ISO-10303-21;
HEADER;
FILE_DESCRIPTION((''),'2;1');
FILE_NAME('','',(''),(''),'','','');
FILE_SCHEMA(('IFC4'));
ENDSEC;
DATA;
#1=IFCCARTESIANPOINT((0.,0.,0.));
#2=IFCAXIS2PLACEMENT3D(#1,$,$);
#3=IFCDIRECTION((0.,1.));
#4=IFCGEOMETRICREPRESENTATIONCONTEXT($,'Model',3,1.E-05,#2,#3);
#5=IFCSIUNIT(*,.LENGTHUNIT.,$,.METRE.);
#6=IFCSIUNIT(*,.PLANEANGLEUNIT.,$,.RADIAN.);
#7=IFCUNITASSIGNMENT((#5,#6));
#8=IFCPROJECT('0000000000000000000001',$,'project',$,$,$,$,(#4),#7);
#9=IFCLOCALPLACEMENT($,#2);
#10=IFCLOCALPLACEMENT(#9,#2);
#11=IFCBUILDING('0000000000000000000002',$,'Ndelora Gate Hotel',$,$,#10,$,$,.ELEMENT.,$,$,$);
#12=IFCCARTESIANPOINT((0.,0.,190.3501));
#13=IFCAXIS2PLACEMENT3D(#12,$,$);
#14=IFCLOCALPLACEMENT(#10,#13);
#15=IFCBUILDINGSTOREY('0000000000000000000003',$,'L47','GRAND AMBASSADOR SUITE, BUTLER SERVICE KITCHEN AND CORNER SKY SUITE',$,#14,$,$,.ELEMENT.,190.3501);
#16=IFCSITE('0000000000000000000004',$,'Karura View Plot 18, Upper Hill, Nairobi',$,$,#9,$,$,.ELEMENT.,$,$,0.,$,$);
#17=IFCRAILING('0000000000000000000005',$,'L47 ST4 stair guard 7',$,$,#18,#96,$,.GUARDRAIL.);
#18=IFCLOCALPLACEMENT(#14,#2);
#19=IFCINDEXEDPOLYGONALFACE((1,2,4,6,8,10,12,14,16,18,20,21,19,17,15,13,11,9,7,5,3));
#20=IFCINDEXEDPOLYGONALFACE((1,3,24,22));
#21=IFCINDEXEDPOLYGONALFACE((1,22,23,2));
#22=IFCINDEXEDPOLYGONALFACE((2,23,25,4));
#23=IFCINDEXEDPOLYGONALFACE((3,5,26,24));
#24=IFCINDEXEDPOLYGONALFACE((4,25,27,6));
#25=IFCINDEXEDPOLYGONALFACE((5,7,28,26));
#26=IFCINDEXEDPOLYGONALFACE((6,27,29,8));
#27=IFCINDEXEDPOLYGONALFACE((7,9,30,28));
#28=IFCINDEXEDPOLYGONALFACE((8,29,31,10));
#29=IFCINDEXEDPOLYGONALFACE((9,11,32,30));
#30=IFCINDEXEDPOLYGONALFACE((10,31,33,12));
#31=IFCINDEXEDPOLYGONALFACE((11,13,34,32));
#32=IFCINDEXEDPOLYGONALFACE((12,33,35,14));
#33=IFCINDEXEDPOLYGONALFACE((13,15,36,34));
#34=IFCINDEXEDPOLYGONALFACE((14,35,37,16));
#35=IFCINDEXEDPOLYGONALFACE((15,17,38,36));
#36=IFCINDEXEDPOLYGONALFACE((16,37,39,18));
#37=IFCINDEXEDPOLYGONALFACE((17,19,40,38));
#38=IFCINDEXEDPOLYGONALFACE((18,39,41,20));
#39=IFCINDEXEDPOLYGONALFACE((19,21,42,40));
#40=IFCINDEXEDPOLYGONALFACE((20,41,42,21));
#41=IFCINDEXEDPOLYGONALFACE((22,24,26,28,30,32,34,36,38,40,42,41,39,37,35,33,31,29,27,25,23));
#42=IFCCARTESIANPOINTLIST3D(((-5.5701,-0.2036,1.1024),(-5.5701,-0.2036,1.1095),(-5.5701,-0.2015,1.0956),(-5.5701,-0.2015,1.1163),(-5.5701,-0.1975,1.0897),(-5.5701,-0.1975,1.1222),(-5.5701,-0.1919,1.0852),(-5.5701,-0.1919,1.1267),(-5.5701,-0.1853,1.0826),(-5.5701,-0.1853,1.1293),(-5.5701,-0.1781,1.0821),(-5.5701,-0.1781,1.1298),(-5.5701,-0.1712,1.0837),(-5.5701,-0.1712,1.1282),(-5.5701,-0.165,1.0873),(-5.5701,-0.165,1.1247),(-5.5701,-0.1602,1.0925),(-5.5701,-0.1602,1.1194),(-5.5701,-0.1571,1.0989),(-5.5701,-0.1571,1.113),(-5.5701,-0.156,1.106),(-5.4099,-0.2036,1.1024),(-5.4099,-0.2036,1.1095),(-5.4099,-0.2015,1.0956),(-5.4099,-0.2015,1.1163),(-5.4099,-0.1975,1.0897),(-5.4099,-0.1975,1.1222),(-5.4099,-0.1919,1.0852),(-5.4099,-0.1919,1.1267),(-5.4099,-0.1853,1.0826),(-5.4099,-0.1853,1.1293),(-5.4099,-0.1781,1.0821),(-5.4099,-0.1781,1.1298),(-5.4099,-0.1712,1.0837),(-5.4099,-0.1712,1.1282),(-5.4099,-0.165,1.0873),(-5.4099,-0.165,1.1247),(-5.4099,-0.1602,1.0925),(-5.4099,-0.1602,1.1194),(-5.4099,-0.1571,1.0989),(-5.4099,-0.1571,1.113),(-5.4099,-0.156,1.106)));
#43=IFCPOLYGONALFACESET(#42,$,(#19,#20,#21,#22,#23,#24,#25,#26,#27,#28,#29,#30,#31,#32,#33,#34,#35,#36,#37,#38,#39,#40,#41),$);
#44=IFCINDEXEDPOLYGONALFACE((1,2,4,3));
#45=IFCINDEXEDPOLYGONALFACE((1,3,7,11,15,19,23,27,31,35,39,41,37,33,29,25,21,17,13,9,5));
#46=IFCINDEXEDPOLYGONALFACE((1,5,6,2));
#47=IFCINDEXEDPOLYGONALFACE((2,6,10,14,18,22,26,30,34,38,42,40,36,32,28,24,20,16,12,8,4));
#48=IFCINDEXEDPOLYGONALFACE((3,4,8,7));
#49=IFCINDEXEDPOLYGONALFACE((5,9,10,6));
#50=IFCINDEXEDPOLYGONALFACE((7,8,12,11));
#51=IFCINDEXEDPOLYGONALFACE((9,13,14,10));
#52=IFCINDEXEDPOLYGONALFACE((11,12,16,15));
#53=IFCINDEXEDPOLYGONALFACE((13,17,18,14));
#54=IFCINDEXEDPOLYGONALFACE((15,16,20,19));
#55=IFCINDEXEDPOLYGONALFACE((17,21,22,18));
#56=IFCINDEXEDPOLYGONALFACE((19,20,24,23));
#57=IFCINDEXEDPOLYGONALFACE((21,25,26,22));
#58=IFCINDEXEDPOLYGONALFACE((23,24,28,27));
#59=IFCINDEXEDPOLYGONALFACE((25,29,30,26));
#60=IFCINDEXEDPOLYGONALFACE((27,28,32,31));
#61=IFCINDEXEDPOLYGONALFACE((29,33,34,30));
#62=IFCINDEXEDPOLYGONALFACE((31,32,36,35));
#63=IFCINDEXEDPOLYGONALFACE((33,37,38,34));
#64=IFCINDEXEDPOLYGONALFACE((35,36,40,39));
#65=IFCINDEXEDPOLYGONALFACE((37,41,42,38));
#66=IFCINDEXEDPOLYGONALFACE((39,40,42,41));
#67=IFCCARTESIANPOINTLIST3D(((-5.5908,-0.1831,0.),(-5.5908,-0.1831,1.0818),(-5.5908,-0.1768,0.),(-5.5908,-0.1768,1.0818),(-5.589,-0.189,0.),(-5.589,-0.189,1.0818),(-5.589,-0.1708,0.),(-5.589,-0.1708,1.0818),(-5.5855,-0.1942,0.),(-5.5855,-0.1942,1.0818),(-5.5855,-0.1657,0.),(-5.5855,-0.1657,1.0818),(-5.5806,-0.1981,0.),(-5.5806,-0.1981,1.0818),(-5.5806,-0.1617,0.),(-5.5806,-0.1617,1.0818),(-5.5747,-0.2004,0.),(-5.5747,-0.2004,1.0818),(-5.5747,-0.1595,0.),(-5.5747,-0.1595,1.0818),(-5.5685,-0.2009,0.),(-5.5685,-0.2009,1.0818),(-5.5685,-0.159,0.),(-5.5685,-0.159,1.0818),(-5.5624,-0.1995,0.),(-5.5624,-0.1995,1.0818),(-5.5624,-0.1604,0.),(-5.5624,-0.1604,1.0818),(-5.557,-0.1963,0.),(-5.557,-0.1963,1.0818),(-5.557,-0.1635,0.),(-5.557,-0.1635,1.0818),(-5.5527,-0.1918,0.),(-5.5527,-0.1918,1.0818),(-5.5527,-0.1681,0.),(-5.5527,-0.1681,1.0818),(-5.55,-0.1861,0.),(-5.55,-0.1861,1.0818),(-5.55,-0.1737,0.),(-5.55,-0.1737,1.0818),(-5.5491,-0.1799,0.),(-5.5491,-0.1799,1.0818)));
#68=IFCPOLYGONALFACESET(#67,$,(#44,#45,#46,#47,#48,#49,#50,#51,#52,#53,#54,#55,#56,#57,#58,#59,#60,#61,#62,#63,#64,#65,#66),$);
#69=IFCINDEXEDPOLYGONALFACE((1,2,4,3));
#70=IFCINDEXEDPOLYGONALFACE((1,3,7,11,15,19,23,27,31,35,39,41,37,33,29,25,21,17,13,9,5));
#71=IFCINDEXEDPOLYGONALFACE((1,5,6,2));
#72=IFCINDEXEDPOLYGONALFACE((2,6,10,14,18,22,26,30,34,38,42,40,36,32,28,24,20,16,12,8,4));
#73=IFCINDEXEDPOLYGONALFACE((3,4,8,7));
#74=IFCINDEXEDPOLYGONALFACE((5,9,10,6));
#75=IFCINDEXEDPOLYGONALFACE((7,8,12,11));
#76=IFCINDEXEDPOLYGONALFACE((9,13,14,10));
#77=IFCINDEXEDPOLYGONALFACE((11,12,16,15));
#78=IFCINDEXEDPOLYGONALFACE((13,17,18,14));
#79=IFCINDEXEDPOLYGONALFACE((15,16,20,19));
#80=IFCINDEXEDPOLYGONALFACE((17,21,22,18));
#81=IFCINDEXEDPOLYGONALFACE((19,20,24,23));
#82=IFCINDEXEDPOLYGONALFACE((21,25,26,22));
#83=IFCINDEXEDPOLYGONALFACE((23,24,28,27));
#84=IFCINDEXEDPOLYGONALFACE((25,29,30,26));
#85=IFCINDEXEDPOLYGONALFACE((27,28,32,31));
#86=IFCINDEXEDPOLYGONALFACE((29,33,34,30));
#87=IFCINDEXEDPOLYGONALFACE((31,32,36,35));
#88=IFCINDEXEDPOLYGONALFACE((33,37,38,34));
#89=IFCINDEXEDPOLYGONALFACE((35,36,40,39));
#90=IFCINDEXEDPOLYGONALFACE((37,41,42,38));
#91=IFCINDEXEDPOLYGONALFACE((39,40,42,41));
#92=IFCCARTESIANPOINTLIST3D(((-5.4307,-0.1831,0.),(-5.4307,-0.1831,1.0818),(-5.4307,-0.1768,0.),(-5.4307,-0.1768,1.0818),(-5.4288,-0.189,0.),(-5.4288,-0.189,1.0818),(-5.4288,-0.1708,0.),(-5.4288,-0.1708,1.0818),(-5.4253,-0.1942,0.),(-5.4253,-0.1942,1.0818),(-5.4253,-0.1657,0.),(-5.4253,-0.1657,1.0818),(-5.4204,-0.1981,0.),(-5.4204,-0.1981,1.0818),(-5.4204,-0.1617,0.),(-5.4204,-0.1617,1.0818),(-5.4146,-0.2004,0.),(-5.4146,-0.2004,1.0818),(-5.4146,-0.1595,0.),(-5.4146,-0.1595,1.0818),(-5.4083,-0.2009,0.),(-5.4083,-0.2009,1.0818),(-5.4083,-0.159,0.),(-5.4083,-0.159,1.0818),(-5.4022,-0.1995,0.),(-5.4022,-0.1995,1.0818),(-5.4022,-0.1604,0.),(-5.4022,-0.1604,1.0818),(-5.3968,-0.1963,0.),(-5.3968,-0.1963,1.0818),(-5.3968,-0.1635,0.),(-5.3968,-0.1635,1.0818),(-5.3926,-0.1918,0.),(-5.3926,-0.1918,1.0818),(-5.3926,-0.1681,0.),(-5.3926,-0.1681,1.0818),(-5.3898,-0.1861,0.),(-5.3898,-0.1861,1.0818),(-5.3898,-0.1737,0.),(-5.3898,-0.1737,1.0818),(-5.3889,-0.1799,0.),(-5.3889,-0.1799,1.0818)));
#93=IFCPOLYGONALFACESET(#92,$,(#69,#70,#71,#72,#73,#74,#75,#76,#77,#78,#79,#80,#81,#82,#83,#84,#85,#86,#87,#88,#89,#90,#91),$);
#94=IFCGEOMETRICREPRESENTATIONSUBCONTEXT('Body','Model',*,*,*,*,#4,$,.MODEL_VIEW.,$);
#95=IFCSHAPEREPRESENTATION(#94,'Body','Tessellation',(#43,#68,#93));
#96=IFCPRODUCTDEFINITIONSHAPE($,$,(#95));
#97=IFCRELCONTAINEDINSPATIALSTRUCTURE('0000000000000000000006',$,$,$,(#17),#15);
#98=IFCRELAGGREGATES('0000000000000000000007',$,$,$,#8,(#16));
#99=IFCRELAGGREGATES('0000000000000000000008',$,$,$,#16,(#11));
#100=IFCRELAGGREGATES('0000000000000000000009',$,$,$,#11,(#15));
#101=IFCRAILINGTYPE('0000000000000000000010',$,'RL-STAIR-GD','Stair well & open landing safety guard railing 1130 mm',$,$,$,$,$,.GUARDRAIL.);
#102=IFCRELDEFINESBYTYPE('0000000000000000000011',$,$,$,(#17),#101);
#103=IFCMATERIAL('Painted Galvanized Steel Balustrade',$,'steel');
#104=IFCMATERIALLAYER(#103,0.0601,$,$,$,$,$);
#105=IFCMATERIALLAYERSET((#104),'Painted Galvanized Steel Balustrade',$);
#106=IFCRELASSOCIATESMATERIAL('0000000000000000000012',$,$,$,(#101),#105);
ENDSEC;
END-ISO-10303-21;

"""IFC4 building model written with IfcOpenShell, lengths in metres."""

from ifc_helpers import new_model, si_unit, direction, frame, origin, origin_2d, place, context, subcontext, project, spatial, circle, extrude, material, layer, layer_set, type_object, element, save


model = new_model("IFC4")

# Units and contexts
model_context = context("Model", 3, precision=1e-05, world=origin(), true_north=direction((0.0, 1.0)))
body_context = subcontext(model_context, "Body", "Model", "MODEL_VIEW")
ifc_project = project(units=[si_unit("LENGTHUNIT", "METRE"), si_unit("PLANEANGLEUNIT", "RADIAN")], contexts=[model_context])

# Site, building, storey
site_placement = place(None, origin())
site = spatial("IfcSite", under=ifc_project, at=site_placement, Name="Karura View Plot 18, Upper Hill, Nairobi", CompositionType="ELEMENT", RefElevation=0.0)
building_placement = place(site_placement, origin())
building = spatial("IfcBuilding", under=site, at=building_placement, Name="Ndelora Gate Hotel", CompositionType="ELEMENT")
storey_placement = place(building_placement, frame((0.0, 0.0, 190.3501)))
storey = spatial("IfcBuildingStorey", under=building, at=storey_placement, Name="L47", Description="GRAND AMBASSADOR SUITE, BUTLER SERVICE KITCHEN AND CORNER SKY SUITE", CompositionType="ELEMENT", Elevation=190.3501)

# Railing
ifc_material_1 = material(Name="Painted Galvanized Steel Balustrade", Category="steel")
ifc_layer_1 = layer(ifc_material_1, 0.0601)
ifc_layer_set_1 = layer_set([ifc_layer_1], Name="Painted Galvanized Steel Balustrade")
railing_type_1 = type_object("IfcRailingType", Name="RL-STAIR-GD", Description="Stair well & open landing safety guard railing 1130 mm", PredefinedType="GUARDRAIL", material=ifc_layer_set_1)
railing_1_placement = place(storey_placement, frame((-5.5701, -0.1799, 0.0)))
element("IfcRailing", 1, at=railing_1_placement, inside=storey, type_object=railing_type_1, Name="L47 ST4 stair guard 7", PredefinedType="GUARDRAIL", context=body_context, shape_type="SweptSolid", body=[
    extrude(circle(Radius=0.0239, at=origin_2d()), frame((0.0, 0.0, 1.106), z_axis=(1.0, 0.0, 0.0), x_axis=(0.0, 1.0, 0.0)), (0.0, 0.0, 1.0), 0.1602),
    extrude(circle(Radius=0.021, at=origin_2d()), origin(), (0.0, 0.0, 1.0), 1.0818),
    extrude(circle(Radius=0.021, at=origin_2d()), frame((0.1602, 0.0, 0.0)), (0.0, 0.0, 1.0), 1.0818),
])

save(model, "model.ifc")
